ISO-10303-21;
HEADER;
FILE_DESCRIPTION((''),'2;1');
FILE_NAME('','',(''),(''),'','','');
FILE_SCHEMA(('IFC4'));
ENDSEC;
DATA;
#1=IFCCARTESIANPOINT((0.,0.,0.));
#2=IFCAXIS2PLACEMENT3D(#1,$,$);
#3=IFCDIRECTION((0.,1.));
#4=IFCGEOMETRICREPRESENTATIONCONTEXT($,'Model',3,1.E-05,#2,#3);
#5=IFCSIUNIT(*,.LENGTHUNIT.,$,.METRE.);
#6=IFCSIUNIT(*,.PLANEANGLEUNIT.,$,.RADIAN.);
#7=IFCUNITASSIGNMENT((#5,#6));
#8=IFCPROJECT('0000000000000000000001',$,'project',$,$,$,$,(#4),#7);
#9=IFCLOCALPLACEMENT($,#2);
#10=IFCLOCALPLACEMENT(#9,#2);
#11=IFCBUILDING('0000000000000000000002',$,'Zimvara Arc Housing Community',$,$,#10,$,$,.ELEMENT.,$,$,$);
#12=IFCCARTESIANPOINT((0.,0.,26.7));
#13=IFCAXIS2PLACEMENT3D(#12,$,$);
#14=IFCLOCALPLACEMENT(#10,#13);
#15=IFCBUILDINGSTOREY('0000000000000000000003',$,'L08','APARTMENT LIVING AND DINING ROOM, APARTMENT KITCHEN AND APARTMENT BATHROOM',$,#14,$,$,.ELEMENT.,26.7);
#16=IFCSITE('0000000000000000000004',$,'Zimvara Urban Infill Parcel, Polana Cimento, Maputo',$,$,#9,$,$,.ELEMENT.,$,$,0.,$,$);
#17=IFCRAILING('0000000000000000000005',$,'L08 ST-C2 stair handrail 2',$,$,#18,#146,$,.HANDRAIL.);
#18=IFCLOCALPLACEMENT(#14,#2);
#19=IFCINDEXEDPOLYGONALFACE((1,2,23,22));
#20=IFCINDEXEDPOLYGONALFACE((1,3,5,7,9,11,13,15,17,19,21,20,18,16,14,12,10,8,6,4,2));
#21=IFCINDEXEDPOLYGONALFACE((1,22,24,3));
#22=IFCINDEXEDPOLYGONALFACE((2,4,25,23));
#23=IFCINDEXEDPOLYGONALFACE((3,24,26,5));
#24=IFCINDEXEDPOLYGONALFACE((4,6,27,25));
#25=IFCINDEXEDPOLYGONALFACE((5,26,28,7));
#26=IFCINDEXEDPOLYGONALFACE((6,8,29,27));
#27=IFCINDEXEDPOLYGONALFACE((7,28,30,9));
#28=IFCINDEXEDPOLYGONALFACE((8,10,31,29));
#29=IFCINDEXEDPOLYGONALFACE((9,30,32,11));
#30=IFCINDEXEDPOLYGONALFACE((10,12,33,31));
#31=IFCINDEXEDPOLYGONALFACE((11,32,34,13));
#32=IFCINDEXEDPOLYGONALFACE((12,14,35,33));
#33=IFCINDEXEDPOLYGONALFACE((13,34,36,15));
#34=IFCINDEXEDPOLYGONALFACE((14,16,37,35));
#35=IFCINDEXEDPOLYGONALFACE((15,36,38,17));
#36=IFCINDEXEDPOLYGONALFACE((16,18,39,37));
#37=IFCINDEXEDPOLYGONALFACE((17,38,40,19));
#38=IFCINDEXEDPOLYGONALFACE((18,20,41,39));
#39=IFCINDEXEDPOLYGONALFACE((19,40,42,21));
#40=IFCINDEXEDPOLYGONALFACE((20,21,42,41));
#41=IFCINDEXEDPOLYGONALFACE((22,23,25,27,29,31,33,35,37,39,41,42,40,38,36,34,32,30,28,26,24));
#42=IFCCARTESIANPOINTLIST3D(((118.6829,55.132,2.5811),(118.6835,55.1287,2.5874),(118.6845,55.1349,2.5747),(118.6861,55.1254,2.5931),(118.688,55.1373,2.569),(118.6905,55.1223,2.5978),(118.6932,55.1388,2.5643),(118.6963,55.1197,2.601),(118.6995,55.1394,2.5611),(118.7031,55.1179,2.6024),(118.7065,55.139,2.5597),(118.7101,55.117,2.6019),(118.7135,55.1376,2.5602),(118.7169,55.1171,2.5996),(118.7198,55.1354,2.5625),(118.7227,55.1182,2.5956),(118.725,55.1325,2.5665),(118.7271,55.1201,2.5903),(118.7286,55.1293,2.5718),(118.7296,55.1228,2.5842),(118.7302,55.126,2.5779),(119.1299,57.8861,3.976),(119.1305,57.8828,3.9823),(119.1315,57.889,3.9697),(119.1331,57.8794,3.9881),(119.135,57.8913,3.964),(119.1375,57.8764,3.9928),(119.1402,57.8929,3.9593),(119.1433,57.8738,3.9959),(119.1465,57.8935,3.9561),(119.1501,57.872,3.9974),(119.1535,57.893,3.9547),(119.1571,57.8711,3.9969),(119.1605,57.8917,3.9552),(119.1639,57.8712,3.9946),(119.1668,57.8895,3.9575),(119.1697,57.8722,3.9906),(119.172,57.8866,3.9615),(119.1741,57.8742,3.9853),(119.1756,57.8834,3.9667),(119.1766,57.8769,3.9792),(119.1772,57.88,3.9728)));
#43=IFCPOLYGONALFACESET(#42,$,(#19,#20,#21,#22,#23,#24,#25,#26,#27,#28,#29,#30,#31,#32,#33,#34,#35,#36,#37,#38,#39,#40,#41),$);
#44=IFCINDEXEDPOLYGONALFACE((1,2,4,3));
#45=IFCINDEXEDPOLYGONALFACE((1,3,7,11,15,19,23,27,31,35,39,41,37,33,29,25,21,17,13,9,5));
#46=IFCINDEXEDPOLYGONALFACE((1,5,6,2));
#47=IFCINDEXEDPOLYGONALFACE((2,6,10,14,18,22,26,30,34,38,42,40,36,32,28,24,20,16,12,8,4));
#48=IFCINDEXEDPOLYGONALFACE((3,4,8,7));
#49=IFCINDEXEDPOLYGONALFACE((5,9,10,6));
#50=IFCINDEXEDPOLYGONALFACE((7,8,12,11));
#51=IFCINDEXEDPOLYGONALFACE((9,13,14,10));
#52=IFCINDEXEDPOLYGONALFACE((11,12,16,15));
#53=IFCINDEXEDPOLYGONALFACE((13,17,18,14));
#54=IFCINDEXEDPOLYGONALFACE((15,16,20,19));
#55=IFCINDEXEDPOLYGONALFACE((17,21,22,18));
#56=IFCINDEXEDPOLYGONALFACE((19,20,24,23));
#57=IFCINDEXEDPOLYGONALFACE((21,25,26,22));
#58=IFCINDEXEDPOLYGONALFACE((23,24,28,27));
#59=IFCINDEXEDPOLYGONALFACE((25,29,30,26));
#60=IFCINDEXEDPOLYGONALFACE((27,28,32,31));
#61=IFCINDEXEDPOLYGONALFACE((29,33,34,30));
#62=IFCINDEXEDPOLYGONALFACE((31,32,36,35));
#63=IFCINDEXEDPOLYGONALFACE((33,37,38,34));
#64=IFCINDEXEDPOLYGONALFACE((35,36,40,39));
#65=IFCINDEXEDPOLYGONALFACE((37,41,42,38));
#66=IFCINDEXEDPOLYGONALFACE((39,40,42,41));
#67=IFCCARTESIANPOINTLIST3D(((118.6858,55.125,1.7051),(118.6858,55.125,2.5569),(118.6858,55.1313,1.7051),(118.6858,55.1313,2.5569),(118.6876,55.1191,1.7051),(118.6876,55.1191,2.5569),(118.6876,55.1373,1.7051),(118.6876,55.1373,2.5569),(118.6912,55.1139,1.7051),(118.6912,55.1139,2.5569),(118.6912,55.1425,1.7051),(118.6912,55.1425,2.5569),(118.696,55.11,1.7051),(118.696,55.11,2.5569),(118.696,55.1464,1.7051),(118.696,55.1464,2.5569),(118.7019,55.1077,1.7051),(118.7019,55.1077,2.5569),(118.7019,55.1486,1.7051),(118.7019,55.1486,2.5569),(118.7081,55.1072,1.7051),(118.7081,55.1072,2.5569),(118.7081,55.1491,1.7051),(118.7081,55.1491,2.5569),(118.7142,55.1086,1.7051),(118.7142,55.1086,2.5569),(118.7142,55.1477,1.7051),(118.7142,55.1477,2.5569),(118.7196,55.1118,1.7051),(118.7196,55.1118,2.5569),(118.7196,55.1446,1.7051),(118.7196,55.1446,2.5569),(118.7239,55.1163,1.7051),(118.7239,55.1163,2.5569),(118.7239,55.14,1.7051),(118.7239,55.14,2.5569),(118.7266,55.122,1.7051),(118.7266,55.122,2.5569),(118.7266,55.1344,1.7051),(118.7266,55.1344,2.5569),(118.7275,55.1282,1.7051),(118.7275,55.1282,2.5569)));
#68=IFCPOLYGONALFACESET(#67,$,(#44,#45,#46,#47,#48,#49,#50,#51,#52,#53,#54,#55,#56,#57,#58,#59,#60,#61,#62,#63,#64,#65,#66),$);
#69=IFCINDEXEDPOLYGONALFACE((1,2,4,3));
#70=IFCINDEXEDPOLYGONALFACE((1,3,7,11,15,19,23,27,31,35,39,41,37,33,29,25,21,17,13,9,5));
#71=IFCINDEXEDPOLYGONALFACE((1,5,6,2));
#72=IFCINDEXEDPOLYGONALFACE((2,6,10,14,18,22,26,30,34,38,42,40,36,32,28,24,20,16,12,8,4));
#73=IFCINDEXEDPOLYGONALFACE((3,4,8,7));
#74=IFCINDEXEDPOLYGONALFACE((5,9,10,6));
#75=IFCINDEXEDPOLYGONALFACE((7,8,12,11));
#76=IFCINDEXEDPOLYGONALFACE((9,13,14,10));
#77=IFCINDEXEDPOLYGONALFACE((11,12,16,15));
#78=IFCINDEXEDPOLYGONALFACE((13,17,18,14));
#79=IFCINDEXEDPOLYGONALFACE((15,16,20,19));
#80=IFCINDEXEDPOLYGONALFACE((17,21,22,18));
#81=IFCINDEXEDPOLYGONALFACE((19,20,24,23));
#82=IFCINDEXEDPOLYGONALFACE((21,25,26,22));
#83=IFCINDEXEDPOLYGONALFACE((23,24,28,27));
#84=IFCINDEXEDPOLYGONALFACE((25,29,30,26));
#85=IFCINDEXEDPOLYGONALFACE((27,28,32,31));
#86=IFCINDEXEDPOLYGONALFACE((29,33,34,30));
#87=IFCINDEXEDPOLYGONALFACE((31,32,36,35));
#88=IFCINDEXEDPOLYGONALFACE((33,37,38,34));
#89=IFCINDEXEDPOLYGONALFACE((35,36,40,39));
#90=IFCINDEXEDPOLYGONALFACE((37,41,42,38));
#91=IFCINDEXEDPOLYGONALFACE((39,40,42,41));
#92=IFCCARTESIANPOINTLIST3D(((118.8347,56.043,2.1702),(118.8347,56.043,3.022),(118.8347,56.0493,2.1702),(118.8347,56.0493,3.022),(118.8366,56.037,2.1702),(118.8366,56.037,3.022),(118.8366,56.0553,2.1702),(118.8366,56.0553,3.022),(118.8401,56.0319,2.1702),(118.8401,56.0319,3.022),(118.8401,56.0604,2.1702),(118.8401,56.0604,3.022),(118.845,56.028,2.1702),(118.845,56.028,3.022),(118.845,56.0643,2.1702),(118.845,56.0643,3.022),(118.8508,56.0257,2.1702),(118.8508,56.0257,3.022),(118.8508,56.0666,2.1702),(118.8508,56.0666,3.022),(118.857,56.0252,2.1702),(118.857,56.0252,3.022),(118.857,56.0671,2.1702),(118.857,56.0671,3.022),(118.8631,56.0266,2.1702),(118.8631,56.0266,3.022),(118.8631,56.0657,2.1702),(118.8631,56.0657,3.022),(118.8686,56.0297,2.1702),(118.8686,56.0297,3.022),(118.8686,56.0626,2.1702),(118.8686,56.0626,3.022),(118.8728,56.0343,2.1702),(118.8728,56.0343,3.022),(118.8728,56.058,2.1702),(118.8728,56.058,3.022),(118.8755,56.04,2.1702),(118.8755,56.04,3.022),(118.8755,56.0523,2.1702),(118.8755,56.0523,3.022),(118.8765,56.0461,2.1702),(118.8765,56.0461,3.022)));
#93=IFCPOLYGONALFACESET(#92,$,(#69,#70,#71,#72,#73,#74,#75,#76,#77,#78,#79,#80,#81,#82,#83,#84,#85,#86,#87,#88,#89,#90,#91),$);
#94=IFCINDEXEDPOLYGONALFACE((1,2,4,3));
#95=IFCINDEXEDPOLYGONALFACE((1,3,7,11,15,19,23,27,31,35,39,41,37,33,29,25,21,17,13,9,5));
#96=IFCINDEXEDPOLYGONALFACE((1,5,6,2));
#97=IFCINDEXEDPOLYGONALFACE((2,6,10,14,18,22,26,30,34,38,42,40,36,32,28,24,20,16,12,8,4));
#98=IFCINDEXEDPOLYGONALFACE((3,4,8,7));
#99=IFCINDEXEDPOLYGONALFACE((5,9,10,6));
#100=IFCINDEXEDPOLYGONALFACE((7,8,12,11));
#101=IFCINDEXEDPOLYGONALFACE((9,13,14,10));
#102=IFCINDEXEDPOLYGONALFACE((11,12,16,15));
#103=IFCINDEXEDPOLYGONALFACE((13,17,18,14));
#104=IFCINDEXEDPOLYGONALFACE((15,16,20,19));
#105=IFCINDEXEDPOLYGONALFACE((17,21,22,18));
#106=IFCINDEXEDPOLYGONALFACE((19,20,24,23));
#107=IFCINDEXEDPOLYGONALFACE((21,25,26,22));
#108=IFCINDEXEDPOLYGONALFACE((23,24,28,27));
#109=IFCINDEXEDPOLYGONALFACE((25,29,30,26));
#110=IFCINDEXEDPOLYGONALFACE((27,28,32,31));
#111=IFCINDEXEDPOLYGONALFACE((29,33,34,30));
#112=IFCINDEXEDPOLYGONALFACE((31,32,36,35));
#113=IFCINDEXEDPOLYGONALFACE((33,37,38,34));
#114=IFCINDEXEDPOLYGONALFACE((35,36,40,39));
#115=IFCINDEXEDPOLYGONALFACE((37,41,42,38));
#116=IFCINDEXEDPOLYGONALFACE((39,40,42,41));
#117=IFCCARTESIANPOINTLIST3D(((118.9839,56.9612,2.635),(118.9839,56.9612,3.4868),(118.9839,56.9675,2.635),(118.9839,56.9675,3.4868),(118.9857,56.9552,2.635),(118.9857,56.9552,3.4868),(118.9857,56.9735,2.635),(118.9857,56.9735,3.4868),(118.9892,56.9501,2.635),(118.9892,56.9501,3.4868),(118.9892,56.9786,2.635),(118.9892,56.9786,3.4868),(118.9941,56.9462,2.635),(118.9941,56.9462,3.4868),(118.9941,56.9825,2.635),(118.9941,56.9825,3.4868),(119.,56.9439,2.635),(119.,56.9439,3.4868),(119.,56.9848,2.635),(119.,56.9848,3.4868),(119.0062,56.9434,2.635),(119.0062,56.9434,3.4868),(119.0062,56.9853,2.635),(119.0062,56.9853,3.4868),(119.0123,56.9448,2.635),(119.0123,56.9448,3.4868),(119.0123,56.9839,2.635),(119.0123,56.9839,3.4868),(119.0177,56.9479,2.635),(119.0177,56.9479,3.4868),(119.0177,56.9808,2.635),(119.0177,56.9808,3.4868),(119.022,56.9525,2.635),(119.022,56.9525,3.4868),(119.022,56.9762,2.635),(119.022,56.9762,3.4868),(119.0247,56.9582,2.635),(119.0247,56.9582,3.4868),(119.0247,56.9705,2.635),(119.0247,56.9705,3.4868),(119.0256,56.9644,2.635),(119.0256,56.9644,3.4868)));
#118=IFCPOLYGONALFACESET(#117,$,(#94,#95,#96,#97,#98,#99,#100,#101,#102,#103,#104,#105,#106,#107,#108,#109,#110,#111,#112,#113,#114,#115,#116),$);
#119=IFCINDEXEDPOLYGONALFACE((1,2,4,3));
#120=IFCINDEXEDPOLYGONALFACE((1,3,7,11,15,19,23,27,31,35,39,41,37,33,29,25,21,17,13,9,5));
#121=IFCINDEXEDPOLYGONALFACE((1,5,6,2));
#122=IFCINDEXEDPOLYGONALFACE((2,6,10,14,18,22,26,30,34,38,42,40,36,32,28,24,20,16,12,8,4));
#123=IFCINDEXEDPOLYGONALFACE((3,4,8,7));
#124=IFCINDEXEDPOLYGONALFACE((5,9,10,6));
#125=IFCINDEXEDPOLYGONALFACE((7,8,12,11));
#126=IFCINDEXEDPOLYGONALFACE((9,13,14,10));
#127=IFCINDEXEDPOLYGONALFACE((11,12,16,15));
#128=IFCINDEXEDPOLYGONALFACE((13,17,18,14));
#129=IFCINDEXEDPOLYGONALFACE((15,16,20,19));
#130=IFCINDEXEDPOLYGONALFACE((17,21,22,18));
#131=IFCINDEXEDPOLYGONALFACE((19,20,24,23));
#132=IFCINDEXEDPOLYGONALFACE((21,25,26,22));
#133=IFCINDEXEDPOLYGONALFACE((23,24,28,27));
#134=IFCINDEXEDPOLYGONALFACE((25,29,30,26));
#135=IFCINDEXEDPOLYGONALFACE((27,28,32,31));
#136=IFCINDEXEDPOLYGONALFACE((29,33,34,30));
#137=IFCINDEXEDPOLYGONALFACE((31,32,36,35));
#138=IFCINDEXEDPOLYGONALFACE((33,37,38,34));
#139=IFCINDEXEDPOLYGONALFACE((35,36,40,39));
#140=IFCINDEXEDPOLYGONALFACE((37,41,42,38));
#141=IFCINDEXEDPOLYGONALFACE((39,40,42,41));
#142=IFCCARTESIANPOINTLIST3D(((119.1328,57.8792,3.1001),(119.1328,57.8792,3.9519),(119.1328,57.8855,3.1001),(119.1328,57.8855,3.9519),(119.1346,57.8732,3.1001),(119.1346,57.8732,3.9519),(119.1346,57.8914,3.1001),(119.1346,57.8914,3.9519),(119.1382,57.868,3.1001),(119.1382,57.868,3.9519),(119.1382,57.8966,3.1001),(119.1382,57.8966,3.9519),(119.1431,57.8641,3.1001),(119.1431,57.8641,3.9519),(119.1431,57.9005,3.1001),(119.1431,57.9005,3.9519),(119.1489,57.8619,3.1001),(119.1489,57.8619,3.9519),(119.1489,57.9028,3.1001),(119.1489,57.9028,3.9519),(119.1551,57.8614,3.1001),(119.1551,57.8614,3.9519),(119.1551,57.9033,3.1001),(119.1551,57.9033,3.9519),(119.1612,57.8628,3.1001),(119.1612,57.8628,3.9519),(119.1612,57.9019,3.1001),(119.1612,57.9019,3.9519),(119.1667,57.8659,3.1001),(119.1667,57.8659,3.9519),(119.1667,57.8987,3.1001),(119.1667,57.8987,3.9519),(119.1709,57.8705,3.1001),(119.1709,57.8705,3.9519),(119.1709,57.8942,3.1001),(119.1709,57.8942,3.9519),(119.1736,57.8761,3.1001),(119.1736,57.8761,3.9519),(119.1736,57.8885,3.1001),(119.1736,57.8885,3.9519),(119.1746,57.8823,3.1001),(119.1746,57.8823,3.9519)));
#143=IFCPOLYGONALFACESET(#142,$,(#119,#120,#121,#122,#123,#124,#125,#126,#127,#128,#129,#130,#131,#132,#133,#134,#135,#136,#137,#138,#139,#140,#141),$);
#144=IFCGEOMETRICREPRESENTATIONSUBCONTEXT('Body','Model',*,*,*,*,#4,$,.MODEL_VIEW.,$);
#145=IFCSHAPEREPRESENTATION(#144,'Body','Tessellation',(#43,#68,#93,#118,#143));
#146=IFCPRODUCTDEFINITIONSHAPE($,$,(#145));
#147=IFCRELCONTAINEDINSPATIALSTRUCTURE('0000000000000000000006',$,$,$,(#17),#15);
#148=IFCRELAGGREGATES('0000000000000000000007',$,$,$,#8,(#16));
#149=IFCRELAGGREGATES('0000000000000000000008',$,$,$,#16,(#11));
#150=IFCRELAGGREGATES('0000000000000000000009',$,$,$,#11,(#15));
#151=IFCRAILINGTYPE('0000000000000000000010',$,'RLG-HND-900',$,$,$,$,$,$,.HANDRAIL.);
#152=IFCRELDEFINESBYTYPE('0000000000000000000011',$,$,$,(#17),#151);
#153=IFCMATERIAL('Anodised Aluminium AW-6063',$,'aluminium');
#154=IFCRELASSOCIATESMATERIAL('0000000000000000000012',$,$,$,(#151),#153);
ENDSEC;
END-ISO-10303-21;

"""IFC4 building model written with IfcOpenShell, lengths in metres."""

from ifc_helpers import new_model, si_unit, direction, frame, origin, origin_2d, place, context, subcontext, project, spatial, circle, extrude, material, type_object, element, save


model = new_model("IFC4")

# Units and contexts
model_context = context("Model", 3, precision=1e-05, world=origin(), true_north=direction((0.0, 1.0)))
body_context = subcontext(model_context, "Body", "Model", "MODEL_VIEW")
ifc_project = project(units=[si_unit("LENGTHUNIT", "METRE"), si_unit("PLANEANGLEUNIT", "RADIAN")], contexts=[model_context])

# Site, building, storey
site_placement = place(None, origin())
site = spatial("IfcSite", under=ifc_project, at=site_placement, Name="Zimvara Urban Infill Parcel, Polana Cimento, Maputo", CompositionType="ELEMENT", RefElevation=0.0)
building_placement = place(site_placement, origin())
building = spatial("IfcBuilding", under=site, at=building_placement, Name="Zimvara Arc Housing Community", CompositionType="ELEMENT")
storey_placement = place(building_placement, frame((0.0, 0.0, 26.7)))
storey = spatial("IfcBuildingStorey", under=building, at=storey_placement, Name="L08", Description="APARTMENT LIVING AND DINING ROOM, APARTMENT KITCHEN AND APARTMENT BATHROOM", CompositionType="ELEMENT", Elevation=26.7)

# Railing
ifc_material_1 = material(Name="Anodised Aluminium AW-6063", Category="aluminium")
railing_type_1 = type_object("IfcRailingType", Name="RLG-HND-900", PredefinedType="HANDRAIL", material=ifc_material_1)
railing_1_placement = place(storey_placement, frame((118.7065, 55.1282, 1.7051)))
element("IfcRailing", 1, at=railing_1_placement, inside=storey, type_object=railing_type_1, Name="L08 ST-C2 stair handrail 2", PredefinedType="HANDRAIL", context=body_context, shape_type="SweptSolid", body=[
    extrude(circle(Radius=0.0239, at=origin_2d()), frame((0.0, 0.0, 0.876), z_axis=(0.143299, 0.882883, 0.447194), x_axis=(-0.987083, 0.160212, 0.0)), (0.0, 0.0, 1.0), 3.1194),
    extrude(circle(Radius=0.021, at=origin_2d()), origin(), (0.0, 0.0, 1.0), 0.8518),
    extrude(circle(Radius=0.021, at=origin_2d()), frame((0.1489, 0.918, 0.4651)), (0.0, 0.0, 1.0), 0.8518),
    extrude(circle(Radius=0.021, at=origin_2d()), frame((0.2981, 1.8362, 0.9299)), (0.0, 0.0, 1.0), 0.8518),
    extrude(circle(Radius=0.021, at=origin_2d()), frame((0.447, 2.7542, 1.395)), (0.0, 0.0, 1.0), 0.8518),
])

save(model, "model.ifc")
